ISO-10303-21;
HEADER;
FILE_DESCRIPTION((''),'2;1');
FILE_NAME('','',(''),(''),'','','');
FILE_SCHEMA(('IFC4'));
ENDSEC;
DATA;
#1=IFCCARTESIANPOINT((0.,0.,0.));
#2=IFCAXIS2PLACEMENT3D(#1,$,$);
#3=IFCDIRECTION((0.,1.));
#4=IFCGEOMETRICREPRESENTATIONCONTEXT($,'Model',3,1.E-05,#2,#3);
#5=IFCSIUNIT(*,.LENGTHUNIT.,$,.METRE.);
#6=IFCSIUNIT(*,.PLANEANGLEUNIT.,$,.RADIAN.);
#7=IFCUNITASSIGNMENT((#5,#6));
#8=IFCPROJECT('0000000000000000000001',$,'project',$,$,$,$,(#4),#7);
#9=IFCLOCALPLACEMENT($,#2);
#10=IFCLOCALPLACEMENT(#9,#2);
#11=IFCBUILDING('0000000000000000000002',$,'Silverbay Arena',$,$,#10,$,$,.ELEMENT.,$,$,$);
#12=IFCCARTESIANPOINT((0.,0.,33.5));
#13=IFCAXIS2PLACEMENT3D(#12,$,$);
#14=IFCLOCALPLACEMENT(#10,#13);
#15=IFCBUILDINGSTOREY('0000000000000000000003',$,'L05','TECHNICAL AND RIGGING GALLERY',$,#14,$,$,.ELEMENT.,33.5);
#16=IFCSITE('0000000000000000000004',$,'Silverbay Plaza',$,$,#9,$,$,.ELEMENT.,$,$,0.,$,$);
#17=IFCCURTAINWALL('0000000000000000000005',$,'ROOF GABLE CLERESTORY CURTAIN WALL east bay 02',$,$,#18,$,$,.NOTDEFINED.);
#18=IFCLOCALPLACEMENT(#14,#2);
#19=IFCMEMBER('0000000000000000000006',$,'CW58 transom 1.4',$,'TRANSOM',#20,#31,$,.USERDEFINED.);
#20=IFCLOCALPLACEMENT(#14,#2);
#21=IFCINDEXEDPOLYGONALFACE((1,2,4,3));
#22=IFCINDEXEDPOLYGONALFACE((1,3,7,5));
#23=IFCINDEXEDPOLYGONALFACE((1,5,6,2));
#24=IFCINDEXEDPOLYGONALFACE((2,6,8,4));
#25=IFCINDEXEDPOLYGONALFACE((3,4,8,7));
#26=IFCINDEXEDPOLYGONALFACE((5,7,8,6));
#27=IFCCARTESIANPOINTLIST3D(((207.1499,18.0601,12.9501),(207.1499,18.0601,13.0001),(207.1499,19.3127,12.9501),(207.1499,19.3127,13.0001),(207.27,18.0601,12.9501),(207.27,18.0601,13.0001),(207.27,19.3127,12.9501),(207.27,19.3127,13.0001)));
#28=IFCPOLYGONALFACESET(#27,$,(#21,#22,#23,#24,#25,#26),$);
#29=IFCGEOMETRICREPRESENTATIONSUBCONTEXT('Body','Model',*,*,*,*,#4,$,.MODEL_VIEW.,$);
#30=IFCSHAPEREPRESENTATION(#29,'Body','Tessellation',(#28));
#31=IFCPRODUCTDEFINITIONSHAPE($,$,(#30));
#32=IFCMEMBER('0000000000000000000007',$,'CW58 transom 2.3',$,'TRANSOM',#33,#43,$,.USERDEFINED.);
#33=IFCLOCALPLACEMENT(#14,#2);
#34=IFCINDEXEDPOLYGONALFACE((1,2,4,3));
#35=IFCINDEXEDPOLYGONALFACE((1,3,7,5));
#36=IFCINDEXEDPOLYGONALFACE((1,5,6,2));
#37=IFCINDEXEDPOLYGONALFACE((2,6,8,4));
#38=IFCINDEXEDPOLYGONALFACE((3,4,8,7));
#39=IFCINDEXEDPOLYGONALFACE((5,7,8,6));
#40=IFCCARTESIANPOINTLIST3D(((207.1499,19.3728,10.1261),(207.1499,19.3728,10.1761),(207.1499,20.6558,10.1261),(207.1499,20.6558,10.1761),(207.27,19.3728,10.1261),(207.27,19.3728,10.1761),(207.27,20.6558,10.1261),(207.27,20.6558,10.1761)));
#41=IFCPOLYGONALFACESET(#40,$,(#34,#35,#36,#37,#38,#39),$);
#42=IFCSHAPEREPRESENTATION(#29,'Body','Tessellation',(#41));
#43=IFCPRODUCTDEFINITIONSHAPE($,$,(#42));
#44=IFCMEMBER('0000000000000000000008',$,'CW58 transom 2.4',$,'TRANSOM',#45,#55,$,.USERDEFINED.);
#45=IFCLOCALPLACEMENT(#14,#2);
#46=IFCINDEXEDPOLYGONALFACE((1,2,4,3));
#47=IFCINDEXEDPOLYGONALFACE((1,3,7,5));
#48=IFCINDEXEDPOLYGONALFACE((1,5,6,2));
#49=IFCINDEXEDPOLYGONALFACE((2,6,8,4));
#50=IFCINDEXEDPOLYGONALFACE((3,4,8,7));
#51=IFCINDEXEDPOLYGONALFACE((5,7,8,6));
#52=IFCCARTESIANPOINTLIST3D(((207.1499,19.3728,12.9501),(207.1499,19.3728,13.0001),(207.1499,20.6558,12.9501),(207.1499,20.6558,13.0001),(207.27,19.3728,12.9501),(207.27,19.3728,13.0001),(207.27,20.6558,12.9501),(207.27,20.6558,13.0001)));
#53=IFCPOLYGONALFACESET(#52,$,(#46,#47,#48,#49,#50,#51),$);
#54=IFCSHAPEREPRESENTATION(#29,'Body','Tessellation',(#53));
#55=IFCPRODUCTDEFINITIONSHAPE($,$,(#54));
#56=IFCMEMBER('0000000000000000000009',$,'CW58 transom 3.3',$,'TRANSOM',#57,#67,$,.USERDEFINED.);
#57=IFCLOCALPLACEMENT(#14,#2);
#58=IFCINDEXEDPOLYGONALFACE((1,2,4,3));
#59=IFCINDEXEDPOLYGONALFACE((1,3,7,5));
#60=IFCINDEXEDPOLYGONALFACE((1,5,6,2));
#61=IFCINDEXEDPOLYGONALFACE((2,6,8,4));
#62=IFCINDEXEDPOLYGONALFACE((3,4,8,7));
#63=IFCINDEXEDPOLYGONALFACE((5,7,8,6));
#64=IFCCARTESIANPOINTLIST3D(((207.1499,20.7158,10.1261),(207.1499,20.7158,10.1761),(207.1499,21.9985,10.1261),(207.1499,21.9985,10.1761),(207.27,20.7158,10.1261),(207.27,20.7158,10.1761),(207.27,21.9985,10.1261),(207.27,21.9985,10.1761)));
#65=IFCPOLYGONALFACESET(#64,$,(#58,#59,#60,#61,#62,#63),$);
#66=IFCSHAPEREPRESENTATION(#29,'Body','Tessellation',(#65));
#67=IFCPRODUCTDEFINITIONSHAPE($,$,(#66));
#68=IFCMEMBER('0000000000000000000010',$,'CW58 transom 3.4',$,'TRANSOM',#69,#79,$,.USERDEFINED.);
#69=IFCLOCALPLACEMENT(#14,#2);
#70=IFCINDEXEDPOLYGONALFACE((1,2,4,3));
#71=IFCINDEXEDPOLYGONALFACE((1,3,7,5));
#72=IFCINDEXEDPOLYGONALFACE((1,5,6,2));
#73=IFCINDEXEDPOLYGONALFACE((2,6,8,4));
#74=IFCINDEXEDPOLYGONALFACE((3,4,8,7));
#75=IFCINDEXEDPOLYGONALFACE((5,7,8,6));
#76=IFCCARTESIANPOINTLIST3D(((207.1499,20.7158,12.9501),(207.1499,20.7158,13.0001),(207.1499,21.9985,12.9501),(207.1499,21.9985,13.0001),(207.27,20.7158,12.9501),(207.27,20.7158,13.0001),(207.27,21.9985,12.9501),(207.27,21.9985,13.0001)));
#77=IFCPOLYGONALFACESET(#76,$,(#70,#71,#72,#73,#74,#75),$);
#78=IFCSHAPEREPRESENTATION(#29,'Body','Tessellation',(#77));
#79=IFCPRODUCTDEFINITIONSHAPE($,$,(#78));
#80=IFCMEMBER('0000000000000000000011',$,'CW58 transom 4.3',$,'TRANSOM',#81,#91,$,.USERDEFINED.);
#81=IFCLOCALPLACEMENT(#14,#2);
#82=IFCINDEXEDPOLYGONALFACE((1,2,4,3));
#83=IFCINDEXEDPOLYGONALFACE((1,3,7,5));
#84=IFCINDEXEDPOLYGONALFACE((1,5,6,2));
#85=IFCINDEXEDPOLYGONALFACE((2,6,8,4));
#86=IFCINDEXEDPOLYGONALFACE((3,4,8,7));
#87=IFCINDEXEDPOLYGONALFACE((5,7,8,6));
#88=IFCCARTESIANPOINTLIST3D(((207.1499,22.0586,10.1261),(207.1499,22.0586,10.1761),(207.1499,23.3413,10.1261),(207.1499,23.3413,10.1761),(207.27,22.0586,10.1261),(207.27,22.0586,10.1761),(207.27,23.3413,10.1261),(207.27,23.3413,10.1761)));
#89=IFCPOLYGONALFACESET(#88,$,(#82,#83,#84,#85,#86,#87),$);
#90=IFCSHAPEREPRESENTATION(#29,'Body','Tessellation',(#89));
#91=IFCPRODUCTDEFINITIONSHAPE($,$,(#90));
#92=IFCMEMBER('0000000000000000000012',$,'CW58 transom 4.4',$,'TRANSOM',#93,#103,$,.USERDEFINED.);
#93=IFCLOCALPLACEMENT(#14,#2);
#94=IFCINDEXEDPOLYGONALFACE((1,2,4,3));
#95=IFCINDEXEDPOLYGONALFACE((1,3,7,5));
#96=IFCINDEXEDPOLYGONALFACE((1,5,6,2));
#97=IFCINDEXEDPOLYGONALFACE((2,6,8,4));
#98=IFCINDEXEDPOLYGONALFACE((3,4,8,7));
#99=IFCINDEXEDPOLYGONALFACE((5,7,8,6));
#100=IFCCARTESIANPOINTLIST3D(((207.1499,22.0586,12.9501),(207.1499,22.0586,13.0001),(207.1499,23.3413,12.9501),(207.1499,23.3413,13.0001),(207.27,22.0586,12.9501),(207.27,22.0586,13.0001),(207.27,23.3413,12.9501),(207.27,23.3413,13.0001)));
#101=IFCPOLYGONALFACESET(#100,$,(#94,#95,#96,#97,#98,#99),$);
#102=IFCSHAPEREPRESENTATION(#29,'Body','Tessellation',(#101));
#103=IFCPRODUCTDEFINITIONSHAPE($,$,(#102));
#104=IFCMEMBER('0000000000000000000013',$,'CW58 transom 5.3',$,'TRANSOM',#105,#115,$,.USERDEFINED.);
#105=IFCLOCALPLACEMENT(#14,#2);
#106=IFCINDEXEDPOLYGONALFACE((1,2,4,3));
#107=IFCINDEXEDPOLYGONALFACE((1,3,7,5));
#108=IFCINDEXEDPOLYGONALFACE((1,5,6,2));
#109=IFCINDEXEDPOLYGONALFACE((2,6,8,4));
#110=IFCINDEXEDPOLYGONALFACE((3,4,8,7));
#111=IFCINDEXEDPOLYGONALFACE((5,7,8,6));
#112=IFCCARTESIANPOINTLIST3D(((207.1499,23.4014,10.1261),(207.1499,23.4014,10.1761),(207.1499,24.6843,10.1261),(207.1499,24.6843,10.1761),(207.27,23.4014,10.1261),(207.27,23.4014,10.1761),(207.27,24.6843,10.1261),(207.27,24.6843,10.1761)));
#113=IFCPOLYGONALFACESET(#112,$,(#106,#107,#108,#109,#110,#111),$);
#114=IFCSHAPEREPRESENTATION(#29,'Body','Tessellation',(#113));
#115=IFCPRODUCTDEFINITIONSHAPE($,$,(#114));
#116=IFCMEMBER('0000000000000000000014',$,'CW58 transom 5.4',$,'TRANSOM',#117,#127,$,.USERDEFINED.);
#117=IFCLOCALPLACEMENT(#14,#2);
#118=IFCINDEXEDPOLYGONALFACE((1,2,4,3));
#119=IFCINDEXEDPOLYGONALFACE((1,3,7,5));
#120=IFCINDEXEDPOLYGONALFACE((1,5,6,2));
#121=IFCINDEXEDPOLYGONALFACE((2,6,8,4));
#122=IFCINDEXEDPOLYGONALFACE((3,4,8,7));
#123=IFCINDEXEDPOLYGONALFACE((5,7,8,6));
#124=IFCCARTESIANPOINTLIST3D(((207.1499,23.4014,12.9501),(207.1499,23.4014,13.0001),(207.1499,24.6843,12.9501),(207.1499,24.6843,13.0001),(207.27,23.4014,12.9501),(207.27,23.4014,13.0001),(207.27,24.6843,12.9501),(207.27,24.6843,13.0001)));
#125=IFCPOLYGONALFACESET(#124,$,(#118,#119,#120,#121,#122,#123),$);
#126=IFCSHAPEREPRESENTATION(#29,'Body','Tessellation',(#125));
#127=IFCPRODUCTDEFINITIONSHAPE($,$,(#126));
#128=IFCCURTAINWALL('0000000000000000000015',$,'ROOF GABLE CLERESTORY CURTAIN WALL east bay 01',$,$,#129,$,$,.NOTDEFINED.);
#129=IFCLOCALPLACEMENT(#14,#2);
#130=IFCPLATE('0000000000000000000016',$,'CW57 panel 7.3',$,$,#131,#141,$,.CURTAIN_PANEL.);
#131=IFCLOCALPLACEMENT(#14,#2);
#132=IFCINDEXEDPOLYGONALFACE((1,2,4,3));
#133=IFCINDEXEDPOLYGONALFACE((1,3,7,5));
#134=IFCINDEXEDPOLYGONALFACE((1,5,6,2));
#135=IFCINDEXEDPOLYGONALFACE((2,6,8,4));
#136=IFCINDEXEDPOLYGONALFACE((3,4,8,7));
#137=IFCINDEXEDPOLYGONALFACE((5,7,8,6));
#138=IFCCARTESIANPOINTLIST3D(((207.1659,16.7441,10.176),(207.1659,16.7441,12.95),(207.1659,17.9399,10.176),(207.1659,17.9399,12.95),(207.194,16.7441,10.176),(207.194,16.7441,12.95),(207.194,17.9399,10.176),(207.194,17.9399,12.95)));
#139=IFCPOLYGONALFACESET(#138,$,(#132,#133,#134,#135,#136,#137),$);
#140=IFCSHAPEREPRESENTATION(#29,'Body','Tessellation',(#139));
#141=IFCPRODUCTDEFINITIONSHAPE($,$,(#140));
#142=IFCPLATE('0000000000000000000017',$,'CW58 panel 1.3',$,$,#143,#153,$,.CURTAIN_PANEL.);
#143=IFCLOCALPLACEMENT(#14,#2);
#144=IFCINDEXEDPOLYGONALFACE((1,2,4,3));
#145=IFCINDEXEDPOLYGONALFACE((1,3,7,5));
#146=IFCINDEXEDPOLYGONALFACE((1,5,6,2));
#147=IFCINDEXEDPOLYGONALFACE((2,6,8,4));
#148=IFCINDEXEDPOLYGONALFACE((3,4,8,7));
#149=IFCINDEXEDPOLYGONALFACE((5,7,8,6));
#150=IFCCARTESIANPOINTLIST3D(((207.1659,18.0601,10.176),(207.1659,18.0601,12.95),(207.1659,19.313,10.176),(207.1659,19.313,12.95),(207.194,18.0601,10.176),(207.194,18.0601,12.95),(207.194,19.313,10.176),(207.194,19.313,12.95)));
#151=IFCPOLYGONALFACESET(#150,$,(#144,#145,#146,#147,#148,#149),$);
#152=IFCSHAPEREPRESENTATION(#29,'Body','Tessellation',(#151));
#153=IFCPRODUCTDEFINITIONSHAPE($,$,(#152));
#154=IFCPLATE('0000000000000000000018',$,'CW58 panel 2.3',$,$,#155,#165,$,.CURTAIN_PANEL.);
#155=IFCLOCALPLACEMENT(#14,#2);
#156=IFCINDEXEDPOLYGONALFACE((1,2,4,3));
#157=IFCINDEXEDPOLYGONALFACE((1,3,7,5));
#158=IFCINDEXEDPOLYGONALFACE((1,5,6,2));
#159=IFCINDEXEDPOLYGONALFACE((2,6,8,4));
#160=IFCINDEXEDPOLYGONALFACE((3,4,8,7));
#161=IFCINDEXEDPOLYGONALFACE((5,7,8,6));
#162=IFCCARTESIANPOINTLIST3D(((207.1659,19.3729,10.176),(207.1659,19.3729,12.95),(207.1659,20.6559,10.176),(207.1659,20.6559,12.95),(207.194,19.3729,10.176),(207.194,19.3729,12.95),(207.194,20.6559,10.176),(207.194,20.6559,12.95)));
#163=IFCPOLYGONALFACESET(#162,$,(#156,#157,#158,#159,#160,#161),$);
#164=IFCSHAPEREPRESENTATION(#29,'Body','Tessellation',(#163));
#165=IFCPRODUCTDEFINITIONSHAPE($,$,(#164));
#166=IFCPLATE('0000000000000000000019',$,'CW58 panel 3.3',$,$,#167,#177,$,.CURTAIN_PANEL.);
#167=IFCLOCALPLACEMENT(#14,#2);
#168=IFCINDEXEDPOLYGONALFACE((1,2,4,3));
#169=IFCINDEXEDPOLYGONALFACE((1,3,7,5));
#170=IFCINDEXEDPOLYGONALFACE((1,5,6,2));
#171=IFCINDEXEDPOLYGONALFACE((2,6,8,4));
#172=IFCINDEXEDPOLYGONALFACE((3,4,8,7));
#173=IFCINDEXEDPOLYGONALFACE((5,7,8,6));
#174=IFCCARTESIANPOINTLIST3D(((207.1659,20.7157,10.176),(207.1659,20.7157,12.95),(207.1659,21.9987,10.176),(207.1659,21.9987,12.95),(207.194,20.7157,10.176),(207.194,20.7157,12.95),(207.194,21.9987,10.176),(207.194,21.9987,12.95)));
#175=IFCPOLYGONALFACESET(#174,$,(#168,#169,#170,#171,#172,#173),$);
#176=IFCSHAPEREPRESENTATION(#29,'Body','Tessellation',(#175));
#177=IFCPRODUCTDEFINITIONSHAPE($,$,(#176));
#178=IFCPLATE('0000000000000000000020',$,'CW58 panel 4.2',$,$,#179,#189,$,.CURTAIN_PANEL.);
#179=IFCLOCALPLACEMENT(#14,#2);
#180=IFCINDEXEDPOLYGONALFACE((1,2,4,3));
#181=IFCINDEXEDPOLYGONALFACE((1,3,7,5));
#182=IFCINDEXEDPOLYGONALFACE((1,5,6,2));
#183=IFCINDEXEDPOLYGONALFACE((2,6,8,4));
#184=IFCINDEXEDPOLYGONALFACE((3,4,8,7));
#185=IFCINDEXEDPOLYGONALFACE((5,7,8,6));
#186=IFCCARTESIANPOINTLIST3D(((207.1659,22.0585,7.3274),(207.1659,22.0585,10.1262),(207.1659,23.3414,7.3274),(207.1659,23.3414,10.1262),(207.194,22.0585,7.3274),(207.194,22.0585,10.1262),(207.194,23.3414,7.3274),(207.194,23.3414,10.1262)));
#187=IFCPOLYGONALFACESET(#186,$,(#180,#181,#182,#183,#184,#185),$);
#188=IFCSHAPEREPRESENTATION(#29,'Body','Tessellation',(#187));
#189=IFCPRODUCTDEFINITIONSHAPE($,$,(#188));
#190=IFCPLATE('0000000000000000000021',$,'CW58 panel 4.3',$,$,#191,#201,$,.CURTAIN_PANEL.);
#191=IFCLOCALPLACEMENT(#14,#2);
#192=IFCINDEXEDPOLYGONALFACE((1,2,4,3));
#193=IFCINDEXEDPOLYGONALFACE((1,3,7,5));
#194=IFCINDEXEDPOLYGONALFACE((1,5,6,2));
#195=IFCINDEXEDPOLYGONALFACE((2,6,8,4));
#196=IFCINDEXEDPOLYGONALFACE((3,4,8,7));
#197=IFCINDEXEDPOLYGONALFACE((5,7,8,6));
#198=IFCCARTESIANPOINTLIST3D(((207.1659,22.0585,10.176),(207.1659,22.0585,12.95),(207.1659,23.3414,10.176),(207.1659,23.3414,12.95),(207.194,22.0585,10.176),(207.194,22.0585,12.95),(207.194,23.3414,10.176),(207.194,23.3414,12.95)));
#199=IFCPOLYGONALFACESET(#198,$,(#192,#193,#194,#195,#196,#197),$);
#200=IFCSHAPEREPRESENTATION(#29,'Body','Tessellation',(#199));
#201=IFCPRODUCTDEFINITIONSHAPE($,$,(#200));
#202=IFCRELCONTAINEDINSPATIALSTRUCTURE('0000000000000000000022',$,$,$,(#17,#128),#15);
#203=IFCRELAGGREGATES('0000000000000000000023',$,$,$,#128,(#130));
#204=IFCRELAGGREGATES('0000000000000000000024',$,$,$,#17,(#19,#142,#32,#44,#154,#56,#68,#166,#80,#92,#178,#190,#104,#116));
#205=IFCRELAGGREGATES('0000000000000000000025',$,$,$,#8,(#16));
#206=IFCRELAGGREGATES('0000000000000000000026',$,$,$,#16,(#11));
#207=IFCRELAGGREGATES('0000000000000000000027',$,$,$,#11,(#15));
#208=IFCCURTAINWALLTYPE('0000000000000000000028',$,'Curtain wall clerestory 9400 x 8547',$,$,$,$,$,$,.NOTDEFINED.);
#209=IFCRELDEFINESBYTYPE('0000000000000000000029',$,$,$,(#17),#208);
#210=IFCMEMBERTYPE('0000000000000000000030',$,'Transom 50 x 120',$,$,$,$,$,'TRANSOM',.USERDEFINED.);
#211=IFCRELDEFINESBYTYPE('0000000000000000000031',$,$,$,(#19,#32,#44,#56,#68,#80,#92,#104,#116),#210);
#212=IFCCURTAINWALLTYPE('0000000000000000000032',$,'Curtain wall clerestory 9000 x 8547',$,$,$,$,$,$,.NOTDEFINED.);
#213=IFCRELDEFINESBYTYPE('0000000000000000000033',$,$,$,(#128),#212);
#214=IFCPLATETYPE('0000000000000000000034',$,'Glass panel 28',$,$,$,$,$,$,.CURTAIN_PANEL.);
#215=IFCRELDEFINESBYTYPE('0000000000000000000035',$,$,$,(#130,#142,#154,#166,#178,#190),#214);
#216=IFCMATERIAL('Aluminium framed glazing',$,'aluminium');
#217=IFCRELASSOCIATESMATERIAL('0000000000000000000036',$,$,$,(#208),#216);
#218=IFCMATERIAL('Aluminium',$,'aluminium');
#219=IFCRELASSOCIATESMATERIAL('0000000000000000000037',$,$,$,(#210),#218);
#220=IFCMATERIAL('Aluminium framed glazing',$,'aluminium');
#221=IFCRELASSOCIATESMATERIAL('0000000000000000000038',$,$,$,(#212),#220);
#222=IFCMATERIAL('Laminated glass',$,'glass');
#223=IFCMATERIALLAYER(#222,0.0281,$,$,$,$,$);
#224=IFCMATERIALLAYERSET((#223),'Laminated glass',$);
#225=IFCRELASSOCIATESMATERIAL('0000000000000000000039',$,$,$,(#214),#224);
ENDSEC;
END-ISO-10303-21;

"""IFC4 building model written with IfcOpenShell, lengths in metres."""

from ifc_helpers import new_model, si_unit, direction, frame, origin, origin_2d, place, context, subcontext, project, spatial, rectangle, extrude, material, layer, layer_set, material_profile, profile_set, type_object, element, aggregate, save


model = new_model("IFC4")

# Units and contexts
model_context = context("Model", 3, precision=1e-05, world=origin(), true_north=direction((0.0, 1.0)))
body_context = subcontext(model_context, "Body", "Model", "MODEL_VIEW")
ifc_project = project(units=[si_unit("LENGTHUNIT", "METRE"), si_unit("PLANEANGLEUNIT", "RADIAN")], contexts=[model_context])

# Site, building, storey
site_placement = place(None, origin())
site = spatial("IfcSite", under=ifc_project, at=site_placement, Name="Silverbay Plaza", CompositionType="ELEMENT", RefElevation=0.0)
building_placement = place(site_placement, origin())
building = spatial("IfcBuilding", under=site, at=building_placement, Name="Silverbay Arena", CompositionType="ELEMENT")
storey_placement = place(building_placement, frame((0.0, 0.0, 33.5)))
storey = spatial("IfcBuildingStorey", under=building, at=storey_placement, Name="L05", Description="TECHNICAL AND RIGGING GALLERY", CompositionType="ELEMENT", Elevation=33.5)

# Curtain wall, members
ifc_material_1 = material(Name="Aluminium framed glazing", Category="aluminium")
curtain_wall_type_1 = type_object("IfcCurtainWallType", Name="Curtain wall clerestory 9400 x 8547", PredefinedType="NOTDEFINED", material=ifc_material_1)
curtain_wall_1_placement = place(storey_placement, origin())
curtain_wall_1 = element("IfcCurtainWall", 1, at=curtain_wall_1_placement, inside=storey, type_object=curtain_wall_type_1, Name="ROOF GABLE CLERESTORY CURTAIN WALL east bay 02", PredefinedType="NOTDEFINED")
ifc_material_2 = material(Name="Aluminium", Category="aluminium")
ifc_material_profile_1 = material_profile(ifc_material_2, rectangle(XDim=0.1201, YDim=0.05, at=origin_2d()), Name="Transom 50 x 120")
ifc_profile_set_1 = profile_set([ifc_material_profile_1], Name="Aluminium")
member_type_1 = type_object("IfcMemberType", Name="Transom 50 x 120", ElementType="TRANSOM", PredefinedType="USERDEFINED", material=ifc_profile_set_1)
member_1_placement = place(storey_placement, frame((207.21, 18.0601, 12.9751), z_axis=(0.0, 1.0, 0.0), x_axis=(-1.0, 0.0, 0.0)))
member_1 = element("IfcMember", 2, at=member_1_placement, type_object=member_type_1, Name="CW58 transom 1.4", ObjectType="TRANSOM", PredefinedType="USERDEFINED", context=body_context, shape_type="SweptSolid", body=[
    extrude(rectangle(XDim=0.1201, YDim=0.05, at=origin_2d()), origin(), (0.0, 0.0, 1.0), 1.2527),
])
member_2_placement = place(storey_placement, frame((207.21, 19.3728, 10.1511), z_axis=(0.0, 1.0, 0.0), x_axis=(-1.0, 0.0, 0.0)))
member_2 = element("IfcMember", 3, at=member_2_placement, type_object=member_type_1, Name="CW58 transom 2.3", ObjectType="TRANSOM", PredefinedType="USERDEFINED", context=body_context, shape_type="SweptSolid", body=[
    extrude(rectangle(XDim=0.1201, YDim=0.05, at=origin_2d()), origin(), (0.0, 0.0, 1.0), 1.283),
])
member_3_placement = place(storey_placement, frame((207.21, 19.3728, 12.9751), z_axis=(0.0, 1.0, 0.0), x_axis=(-1.0, 0.0, 0.0)))
member_3 = element("IfcMember", 4, at=member_3_placement, type_object=member_type_1, Name="CW58 transom 2.4", ObjectType="TRANSOM", PredefinedType="USERDEFINED", context=body_context, shape_type="SweptSolid", body=[
    extrude(rectangle(XDim=0.1201, YDim=0.05, at=origin_2d()), origin(), (0.0, 0.0, 1.0), 1.283),
])
member_4_placement = place(storey_placement, frame((207.21, 20.7158, 10.1511), z_axis=(0.0, 1.0, 0.0), x_axis=(-1.0, 0.0, 0.0)))
member_4 = element("IfcMember", 5, at=member_4_placement, type_object=member_type_1, Name="CW58 transom 3.3", ObjectType="TRANSOM", PredefinedType="USERDEFINED", context=body_context, shape_type="SweptSolid", body=[
    extrude(rectangle(XDim=0.1201, YDim=0.05, at=origin_2d()), origin(), (0.0, 0.0, 1.0), 1.2827),
])
member_5_placement = place(storey_placement, frame((207.21, 20.7158, 12.9751), z_axis=(0.0, 1.0, 0.0), x_axis=(-1.0, 0.0, 0.0)))
member_5 = element("IfcMember", 6, at=member_5_placement, type_object=member_type_1, Name="CW58 transom 3.4", ObjectType="TRANSOM", PredefinedType="USERDEFINED", context=body_context, shape_type="SweptSolid", body=[
    extrude(rectangle(XDim=0.1201, YDim=0.05, at=origin_2d()), origin(), (0.0, 0.0, 1.0), 1.2827),
])
member_6_placement = place(storey_placement, frame((207.21, 22.0586, 10.1511), z_axis=(0.0, 1.0, 0.0), x_axis=(-1.0, 0.0, 0.0)))
member_6 = element("IfcMember", 7, at=member_6_placement, type_object=member_type_1, Name="CW58 transom 4.3", ObjectType="TRANSOM", PredefinedType="USERDEFINED", context=body_context, shape_type="SweptSolid", body=[
    extrude(rectangle(XDim=0.1201, YDim=0.05, at=origin_2d()), origin(), (0.0, 0.0, 1.0), 1.2827),
])
member_7_placement = place(storey_placement, frame((207.21, 22.0586, 12.9751), z_axis=(0.0, 1.0, 0.0), x_axis=(-1.0, 0.0, 0.0)))
member_7 = element("IfcMember", 8, at=member_7_placement, type_object=member_type_1, Name="CW58 transom 4.4", ObjectType="TRANSOM", PredefinedType="USERDEFINED", context=body_context, shape_type="SweptSolid", body=[
    extrude(rectangle(XDim=0.1201, YDim=0.05, at=origin_2d()), origin(), (0.0, 0.0, 1.0), 1.2827),
])
member_8_placement = place(storey_placement, frame((207.21, 23.4014, 10.1511), z_axis=(0.0, 1.0, 0.0), x_axis=(-1.0, 0.0, 0.0)))
member_8 = element("IfcMember", 9, at=member_8_placement, type_object=member_type_1, Name="CW58 transom 5.3", ObjectType="TRANSOM", PredefinedType="USERDEFINED", context=body_context, shape_type="SweptSolid", body=[
    extrude(rectangle(XDim=0.1201, YDim=0.05, at=origin_2d()), origin(), (0.0, 0.0, 1.0), 1.283),
])
member_9_placement = place(storey_placement, frame((207.21, 23.4014, 12.9751), z_axis=(0.0, 1.0, 0.0), x_axis=(-1.0, 0.0, 0.0)))
member_9 = element("IfcMember", 10, at=member_9_placement, type_object=member_type_1, Name="CW58 transom 5.4", ObjectType="TRANSOM", PredefinedType="USERDEFINED", context=body_context, shape_type="SweptSolid", body=[
    extrude(rectangle(XDim=0.1201, YDim=0.05, at=origin_2d()), origin(), (0.0, 0.0, 1.0), 1.283),
])

# Curtain wall, plate
ifc_material_3 = material(Name="Aluminium framed glazing", Category="aluminium")
curtain_wall_type_2 = type_object("IfcCurtainWallType", Name="Curtain wall clerestory 9000 x 8547", PredefinedType="NOTDEFINED", material=ifc_material_3)
curtain_wall_2_placement = place(storey_placement, origin())
curtain_wall_2 = element("IfcCurtainWall", 11, at=curtain_wall_2_placement, inside=storey, type_object=curtain_wall_type_2, Name="ROOF GABLE CLERESTORY CURTAIN WALL east bay 01", PredefinedType="NOTDEFINED")
ifc_material_4 = material(Name="Laminated glass", Category="glass")
ifc_layer = layer(ifc_material_4, 0.0281)
ifc_layer_set = layer_set([ifc_layer], Name="Laminated glass")
plate_type = type_object("IfcPlateType", Name="Glass panel 28", PredefinedType="CURTAIN_PANEL", material=ifc_layer_set)
plate_1_placement = place(storey_placement, frame((207.1799, 17.342, 10.176), z_axis=(0.0, 0.0, 1.0), x_axis=(0.0, 1.0, 0.0)))
plate_1 = element("IfcPlate", 12, at=plate_1_placement, type_object=plate_type, Name="CW57 panel 7.3", PredefinedType="CURTAIN_PANEL", context=body_context, shape_type="SweptSolid", body=[
    extrude(rectangle(XDim=1.1958, YDim=0.0281, at=origin_2d()), origin(), (0.0, 0.0, 1.0), 2.7739),
])
aggregate(curtain_wall_2, [plate_1])

# Plates
plate_2_placement = place(storey_placement, frame((207.1799, 18.6865, 10.176), z_axis=(0.0, 0.0, 1.0), x_axis=(0.0, 1.0, 0.0)))
plate_2 = element("IfcPlate", 13, at=plate_2_placement, type_object=plate_type, Name="CW58 panel 1.3", PredefinedType="CURTAIN_PANEL", context=body_context, shape_type="SweptSolid", body=[
    extrude(rectangle(XDim=1.2529, YDim=0.0281, at=origin_2d()), origin(), (0.0, 0.0, 1.0), 2.7739),
])
plate_3_placement = place(storey_placement, frame((207.1799, 20.0144, 10.176), z_axis=(0.0, 0.0, 1.0), x_axis=(0.0, 1.0, 0.0)))
plate_3 = element("IfcPlate", 14, at=plate_3_placement, type_object=plate_type, Name="CW58 panel 2.3", PredefinedType="CURTAIN_PANEL", context=body_context, shape_type="SweptSolid", body=[
    extrude(rectangle(XDim=1.283, YDim=0.0281, at=origin_2d()), origin(), (0.0, 0.0, 1.0), 2.7739),
])
plate_4_placement = place(storey_placement, frame((207.1799, 21.3572, 10.176), z_axis=(0.0, 0.0, 1.0), x_axis=(0.0, 1.0, 0.0)))
plate_4 = element("IfcPlate", 15, at=plate_4_placement, type_object=plate_type, Name="CW58 panel 3.3", PredefinedType="CURTAIN_PANEL", context=body_context, shape_type="SweptSolid", body=[
    extrude(rectangle(XDim=1.283, YDim=0.0281, at=origin_2d()), origin(), (0.0, 0.0, 1.0), 2.7739),
])
plate_5_placement = place(storey_placement, frame((207.1799, 22.7, 7.3274), z_axis=(0.0, 0.0, 1.0), x_axis=(0.0, 1.0, 0.0)))
plate_5 = element("IfcPlate", 16, at=plate_5_placement, type_object=plate_type, Name="CW58 panel 4.2", PredefinedType="CURTAIN_PANEL", context=body_context, shape_type="SweptSolid", body=[
    extrude(rectangle(XDim=1.283, YDim=0.0281, at=origin_2d()), origin(), (0.0, 0.0, 1.0), 2.7988),
])
plate_6_placement = place(storey_placement, frame((207.1799, 22.7, 10.176), z_axis=(0.0, 0.0, 1.0), x_axis=(0.0, 1.0, 0.0)))
plate_6 = element("IfcPlate", 17, at=plate_6_placement, type_object=plate_type, Name="CW58 panel 4.3", PredefinedType="CURTAIN_PANEL", context=body_context, shape_type="SweptSolid", body=[
    extrude(rectangle(XDim=1.283, YDim=0.0281, at=origin_2d()), origin(), (0.0, 0.0, 1.0), 2.7739),
])
aggregate(curtain_wall_1, [member_1, plate_2, member_2, member_3, plate_3, member_4, member_5, plate_4, member_6, member_7, plate_5, plate_6, member_8, member_9])

save(model, "model.ifc")
